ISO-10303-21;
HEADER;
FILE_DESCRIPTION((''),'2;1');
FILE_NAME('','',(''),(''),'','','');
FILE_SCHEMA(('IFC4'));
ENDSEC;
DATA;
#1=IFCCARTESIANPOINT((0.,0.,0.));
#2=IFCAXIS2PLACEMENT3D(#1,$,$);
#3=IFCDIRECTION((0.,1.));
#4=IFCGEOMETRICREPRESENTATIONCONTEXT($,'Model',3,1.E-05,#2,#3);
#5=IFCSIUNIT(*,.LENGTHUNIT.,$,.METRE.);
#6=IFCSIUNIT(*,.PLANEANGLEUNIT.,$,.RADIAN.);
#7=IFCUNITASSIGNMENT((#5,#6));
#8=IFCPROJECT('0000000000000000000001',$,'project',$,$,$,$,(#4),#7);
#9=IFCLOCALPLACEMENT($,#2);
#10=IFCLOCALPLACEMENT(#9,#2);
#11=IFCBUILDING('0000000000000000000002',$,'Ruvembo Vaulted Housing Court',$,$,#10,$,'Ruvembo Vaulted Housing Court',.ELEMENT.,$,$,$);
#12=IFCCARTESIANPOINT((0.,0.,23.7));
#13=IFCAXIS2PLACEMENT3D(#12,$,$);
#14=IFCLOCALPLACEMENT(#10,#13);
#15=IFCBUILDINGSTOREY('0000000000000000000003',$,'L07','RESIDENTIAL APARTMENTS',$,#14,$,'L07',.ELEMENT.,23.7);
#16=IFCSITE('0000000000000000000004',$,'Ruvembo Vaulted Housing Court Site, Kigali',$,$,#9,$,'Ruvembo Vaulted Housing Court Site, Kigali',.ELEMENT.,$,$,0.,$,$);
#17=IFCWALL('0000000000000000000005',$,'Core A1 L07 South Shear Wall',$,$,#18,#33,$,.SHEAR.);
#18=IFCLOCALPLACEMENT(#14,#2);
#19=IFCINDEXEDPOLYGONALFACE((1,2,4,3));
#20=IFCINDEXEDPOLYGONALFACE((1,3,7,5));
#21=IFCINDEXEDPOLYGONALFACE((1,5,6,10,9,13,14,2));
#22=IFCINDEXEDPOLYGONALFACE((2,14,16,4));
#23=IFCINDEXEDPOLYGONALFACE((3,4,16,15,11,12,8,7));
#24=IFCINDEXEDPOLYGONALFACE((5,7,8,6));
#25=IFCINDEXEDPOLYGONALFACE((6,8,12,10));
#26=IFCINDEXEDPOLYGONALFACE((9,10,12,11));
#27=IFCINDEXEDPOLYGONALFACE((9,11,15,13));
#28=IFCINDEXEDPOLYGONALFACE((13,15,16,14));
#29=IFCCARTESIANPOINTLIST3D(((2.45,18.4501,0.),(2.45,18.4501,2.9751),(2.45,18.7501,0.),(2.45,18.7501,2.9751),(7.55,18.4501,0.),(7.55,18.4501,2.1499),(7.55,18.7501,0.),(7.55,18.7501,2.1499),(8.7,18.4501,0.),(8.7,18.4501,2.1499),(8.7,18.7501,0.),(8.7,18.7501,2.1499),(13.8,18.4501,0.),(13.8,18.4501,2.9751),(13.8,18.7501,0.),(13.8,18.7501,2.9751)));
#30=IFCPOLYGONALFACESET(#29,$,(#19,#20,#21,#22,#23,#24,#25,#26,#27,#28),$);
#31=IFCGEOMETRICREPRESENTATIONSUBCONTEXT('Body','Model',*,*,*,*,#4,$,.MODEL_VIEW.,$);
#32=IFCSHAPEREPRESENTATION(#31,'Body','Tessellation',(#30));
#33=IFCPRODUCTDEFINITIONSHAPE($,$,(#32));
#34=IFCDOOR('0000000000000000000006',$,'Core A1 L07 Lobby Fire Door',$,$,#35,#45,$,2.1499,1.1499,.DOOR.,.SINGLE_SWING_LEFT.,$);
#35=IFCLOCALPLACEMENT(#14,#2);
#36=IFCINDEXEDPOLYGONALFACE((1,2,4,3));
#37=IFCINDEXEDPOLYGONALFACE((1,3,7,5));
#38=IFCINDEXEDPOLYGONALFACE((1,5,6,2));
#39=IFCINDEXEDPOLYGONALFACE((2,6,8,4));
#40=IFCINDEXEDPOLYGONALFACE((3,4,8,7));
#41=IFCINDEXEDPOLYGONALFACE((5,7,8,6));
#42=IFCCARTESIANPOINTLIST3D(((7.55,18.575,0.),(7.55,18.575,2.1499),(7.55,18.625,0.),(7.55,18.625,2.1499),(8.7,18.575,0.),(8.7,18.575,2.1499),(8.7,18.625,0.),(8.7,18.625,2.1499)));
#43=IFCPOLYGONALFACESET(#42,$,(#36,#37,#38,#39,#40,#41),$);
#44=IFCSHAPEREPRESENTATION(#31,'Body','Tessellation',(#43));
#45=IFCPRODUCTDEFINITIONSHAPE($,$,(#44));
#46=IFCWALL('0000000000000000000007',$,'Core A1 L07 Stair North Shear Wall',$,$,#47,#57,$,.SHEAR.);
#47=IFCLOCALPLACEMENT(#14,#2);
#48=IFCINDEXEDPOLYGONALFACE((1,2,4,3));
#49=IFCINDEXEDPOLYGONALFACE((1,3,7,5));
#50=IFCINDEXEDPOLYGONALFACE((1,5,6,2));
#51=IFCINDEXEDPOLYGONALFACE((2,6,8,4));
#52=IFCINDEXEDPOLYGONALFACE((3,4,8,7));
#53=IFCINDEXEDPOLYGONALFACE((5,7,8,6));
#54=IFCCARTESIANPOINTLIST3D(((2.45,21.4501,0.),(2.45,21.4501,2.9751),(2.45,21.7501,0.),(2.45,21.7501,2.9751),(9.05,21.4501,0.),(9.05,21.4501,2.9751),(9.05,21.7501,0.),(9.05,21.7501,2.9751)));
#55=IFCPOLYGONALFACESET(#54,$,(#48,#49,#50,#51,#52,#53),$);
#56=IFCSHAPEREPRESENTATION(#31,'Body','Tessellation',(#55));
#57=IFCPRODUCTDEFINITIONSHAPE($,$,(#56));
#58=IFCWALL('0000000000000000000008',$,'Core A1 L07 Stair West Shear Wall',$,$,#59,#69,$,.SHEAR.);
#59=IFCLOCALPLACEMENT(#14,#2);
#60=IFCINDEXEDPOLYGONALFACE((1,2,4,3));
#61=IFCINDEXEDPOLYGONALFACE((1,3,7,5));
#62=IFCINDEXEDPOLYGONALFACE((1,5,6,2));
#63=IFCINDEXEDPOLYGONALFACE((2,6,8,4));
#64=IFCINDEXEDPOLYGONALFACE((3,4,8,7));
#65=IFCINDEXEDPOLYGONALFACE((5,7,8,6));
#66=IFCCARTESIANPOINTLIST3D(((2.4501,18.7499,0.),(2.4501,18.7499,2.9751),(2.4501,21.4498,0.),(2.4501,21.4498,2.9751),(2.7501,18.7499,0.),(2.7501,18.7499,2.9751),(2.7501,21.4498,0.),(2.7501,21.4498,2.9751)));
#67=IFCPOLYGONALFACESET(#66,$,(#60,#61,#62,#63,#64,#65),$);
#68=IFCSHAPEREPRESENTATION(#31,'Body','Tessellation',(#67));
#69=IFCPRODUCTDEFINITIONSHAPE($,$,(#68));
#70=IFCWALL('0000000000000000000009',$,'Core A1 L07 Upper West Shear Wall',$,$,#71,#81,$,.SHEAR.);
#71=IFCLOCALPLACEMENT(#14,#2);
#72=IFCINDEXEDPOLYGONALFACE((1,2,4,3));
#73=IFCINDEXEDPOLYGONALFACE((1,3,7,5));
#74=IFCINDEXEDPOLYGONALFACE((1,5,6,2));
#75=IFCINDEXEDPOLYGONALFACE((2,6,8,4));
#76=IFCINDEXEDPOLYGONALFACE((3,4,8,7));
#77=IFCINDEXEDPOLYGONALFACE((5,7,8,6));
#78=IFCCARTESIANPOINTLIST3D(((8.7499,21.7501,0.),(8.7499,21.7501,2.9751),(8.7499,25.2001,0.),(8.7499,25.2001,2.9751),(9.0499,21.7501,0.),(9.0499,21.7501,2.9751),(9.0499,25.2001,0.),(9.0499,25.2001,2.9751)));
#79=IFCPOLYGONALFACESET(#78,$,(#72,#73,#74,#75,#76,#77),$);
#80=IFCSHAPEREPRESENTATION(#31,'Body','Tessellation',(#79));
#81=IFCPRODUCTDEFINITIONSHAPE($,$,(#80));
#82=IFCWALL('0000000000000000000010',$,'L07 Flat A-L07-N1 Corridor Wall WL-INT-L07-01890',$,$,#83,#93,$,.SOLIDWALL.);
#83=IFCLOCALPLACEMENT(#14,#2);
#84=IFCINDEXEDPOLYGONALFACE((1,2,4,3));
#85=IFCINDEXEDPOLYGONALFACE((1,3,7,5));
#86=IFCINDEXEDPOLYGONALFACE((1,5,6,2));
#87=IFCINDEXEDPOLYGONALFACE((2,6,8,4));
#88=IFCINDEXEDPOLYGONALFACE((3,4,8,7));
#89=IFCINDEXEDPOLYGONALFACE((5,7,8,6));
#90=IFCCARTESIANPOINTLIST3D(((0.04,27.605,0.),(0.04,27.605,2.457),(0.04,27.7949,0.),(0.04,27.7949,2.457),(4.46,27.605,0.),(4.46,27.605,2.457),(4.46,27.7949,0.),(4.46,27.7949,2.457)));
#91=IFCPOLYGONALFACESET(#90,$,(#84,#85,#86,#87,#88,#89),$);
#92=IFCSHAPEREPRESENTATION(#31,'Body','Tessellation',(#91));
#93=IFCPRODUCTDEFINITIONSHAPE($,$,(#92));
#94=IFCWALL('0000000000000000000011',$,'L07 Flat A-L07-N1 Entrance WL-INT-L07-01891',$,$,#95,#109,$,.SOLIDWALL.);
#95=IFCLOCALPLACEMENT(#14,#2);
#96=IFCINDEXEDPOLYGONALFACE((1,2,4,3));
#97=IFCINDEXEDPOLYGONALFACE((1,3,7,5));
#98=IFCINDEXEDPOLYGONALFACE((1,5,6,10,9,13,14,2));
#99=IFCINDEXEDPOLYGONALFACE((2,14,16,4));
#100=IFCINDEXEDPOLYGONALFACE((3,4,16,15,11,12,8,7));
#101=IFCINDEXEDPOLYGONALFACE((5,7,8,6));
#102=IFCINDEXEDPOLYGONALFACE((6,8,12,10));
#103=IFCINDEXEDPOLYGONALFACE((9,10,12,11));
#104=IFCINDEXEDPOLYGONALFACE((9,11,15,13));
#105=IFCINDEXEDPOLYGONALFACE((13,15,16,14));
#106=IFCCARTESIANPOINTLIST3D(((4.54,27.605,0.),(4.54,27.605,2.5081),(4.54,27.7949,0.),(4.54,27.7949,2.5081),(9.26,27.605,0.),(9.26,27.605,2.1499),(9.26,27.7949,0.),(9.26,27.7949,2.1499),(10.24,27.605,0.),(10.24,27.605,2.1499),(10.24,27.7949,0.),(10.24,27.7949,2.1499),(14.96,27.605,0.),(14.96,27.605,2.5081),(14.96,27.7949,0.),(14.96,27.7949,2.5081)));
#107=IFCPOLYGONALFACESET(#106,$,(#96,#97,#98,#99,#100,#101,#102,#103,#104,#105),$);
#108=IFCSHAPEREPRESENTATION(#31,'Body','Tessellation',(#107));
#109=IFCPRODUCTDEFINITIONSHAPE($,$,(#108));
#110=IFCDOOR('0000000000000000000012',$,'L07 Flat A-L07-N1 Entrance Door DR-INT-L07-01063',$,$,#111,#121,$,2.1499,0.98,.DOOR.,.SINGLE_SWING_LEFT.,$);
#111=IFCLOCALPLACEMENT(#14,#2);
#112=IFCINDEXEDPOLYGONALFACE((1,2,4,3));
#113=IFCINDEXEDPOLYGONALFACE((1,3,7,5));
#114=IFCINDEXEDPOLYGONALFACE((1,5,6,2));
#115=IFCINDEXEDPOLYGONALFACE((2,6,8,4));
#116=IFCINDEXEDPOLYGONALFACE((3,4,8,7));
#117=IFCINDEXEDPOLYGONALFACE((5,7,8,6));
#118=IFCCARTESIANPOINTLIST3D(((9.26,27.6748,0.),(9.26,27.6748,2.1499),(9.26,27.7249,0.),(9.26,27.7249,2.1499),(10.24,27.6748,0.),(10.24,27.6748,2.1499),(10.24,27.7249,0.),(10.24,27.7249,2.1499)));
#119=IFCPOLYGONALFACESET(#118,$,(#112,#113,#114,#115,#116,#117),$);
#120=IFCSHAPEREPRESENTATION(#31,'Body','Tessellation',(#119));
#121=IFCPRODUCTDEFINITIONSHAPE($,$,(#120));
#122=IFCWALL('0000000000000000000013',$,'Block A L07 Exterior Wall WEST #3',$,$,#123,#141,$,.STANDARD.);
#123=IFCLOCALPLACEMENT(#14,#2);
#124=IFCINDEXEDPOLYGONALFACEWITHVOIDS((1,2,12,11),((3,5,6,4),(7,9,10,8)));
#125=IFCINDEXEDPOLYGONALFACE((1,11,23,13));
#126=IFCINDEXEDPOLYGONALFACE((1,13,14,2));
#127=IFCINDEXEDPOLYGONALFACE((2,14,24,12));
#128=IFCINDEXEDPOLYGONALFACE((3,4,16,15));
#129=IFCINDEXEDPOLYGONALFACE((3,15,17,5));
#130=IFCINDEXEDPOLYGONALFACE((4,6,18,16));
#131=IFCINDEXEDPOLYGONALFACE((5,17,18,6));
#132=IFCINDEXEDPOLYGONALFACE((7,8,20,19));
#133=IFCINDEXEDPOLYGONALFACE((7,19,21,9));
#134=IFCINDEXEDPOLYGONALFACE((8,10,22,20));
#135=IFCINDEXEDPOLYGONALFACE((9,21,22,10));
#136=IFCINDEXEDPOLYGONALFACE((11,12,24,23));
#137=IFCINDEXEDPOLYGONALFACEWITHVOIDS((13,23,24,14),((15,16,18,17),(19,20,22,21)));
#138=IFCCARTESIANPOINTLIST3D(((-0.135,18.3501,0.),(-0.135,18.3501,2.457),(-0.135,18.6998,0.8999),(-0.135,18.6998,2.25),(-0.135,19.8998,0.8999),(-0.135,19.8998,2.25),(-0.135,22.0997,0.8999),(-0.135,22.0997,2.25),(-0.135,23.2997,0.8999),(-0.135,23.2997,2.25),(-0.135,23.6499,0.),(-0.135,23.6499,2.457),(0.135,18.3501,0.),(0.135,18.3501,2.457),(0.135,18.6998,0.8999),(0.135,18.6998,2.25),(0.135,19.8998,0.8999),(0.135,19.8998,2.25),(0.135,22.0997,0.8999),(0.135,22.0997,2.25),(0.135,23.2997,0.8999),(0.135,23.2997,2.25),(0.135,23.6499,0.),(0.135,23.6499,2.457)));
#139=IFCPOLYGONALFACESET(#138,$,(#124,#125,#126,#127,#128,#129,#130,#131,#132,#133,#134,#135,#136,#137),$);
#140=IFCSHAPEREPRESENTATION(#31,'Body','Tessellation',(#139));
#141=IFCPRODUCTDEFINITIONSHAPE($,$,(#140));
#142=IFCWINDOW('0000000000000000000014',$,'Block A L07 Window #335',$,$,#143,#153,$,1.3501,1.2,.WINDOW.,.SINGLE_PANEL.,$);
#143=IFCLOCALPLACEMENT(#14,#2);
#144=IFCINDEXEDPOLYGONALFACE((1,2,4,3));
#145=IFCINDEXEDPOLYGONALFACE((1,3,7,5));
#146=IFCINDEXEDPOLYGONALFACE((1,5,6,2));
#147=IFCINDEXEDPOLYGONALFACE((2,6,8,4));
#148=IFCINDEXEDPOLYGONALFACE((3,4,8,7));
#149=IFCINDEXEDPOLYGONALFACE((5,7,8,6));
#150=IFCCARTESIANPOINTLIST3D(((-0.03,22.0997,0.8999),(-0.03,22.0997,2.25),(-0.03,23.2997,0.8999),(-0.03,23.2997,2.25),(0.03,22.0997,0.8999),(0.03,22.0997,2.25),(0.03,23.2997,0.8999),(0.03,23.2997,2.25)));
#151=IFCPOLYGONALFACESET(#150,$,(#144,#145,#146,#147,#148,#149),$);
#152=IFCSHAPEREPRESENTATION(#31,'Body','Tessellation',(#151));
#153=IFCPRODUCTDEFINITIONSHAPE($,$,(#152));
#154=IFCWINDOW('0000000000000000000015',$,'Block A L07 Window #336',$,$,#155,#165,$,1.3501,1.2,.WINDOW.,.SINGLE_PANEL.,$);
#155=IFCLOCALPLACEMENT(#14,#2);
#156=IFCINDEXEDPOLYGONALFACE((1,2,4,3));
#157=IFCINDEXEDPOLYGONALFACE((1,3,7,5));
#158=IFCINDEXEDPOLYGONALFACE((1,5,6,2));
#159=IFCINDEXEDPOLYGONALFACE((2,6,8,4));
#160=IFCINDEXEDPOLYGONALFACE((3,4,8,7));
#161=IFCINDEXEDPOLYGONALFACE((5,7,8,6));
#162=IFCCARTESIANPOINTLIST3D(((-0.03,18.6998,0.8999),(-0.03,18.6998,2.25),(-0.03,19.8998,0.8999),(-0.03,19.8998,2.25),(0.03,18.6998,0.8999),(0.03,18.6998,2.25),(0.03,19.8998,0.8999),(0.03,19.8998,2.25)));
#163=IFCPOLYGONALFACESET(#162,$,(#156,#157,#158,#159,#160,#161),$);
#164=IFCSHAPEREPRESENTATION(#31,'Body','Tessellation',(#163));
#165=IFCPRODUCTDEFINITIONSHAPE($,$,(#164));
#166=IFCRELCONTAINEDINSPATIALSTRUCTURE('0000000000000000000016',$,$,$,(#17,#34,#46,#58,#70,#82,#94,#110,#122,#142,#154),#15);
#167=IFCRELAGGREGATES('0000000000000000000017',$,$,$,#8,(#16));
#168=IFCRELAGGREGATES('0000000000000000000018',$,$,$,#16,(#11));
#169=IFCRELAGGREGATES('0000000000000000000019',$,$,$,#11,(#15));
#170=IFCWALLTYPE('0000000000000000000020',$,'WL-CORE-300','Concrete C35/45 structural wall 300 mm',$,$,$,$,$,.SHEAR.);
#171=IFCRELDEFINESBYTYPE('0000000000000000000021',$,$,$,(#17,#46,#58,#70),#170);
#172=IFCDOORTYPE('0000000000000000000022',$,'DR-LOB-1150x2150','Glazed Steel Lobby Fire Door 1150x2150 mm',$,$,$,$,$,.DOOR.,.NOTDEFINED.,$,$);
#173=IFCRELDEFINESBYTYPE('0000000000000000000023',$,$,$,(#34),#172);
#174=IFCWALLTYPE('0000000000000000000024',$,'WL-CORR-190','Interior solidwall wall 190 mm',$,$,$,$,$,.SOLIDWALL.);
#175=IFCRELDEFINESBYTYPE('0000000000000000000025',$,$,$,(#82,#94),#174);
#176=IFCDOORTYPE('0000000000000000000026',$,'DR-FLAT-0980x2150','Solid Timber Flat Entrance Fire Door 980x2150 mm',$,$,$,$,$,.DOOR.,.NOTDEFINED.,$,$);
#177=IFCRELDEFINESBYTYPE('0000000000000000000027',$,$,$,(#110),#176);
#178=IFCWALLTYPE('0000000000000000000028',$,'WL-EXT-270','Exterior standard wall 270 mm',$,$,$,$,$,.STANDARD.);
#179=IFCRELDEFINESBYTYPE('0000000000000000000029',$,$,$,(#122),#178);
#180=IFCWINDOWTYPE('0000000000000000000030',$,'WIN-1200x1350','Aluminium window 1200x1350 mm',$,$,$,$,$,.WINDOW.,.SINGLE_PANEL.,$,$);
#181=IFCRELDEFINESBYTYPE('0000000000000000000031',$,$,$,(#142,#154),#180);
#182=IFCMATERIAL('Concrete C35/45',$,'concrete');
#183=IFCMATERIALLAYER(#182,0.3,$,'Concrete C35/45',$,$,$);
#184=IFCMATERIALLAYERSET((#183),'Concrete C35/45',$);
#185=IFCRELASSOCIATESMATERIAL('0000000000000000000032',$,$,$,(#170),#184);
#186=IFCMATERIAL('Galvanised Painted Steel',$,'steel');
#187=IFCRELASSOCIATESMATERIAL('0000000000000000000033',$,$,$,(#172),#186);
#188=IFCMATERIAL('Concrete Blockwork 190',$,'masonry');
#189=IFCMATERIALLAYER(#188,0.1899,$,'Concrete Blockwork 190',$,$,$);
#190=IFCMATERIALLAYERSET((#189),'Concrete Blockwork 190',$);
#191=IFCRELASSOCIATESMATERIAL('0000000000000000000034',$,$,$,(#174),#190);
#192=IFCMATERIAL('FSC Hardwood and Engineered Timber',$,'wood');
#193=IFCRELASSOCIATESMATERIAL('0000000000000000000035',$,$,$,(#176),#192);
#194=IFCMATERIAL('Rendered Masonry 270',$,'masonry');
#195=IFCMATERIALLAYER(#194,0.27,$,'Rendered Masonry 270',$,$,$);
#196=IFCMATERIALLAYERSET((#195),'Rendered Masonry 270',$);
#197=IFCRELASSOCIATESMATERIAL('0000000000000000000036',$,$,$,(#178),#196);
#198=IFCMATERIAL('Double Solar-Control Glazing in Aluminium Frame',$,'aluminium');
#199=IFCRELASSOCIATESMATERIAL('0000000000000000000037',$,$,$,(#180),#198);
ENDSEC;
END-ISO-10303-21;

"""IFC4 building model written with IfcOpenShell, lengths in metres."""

from ifc_helpers import new_model, si_unit, direction, frame, frame_2d, origin, place, context, subcontext, project, spatial, rectangle, extrude, material, layer, layer_set, type_object, element, fill, save


model = new_model("IFC4")

# Units and contexts
model_context = context("Model", 3, precision=1e-05, world=origin(), true_north=direction((0.0, 1.0)))
body_context = subcontext(model_context, "Body", "Model", "MODEL_VIEW")
ifc_project = project(units=[si_unit("LENGTHUNIT", "METRE"), si_unit("PLANEANGLEUNIT", "RADIAN")], contexts=[model_context])

# Site, building, storey
site_placement = place(None, origin())
site = spatial("IfcSite", under=ifc_project, at=site_placement, Name="Ruvembo Vaulted Housing Court Site, Kigali", LongName="Ruvembo Vaulted Housing Court Site, Kigali", CompositionType="ELEMENT", RefElevation=0.0)
building_placement = place(site_placement, origin())
building = spatial("IfcBuilding", under=site, at=building_placement, Name="Ruvembo Vaulted Housing Court", LongName="Ruvembo Vaulted Housing Court", CompositionType="ELEMENT")
storey_placement = place(building_placement, frame((0.0, 0.0, 23.7)))
storey = spatial("IfcBuildingStorey", under=building, at=storey_placement, Name="L07", Description="RESIDENTIAL APARTMENTS", LongName="L07", CompositionType="ELEMENT", Elevation=23.7)

# Shared definitions
ifc_material_1 = material(Name="Concrete C35/45", Category="concrete")

# Wall, opening, door
ifc_layer_1 = layer(ifc_material_1, 0.3, Name="Concrete C35/45")
ifc_layer_set_1 = layer_set([ifc_layer_1], Name="Concrete C35/45")
wall_type_1 = type_object("IfcWallType", Name="WL-CORE-300", Description="Concrete C35/45 structural wall 300 mm", PredefinedType="SHEAR", material=ifc_layer_set_1)
wall_1_placement = place(storey_placement, frame((2.45, 18.6001, 0.0), z_axis=(0.0, 0.0, 1.0), x_axis=(1.0, 0.0, 0.0)))
wall_1 = element("IfcWall", 1, at=wall_1_placement, inside=storey, type_object=wall_type_1, Name="Core A1 L07 South Shear Wall", PredefinedType="SHEAR", context=body_context, shape_type="SweptSolid", body=[
    extrude(rectangle(XDim=11.3501, YDim=0.3, at=frame_2d((5.675, 0.0))), origin(), (0.0, 0.0, 1.0), 2.9751),
])
opening_1_placement = place(wall_1_placement, frame((5.1001, 0.0, 0.0)))
opening_1 = element("IfcOpeningElement", 2, at=opening_1_placement, cuts=wall_1, PredefinedType="OPENING", context=body_context, shape_type="SweptSolid", body=[
    extrude(rectangle(XDim=1.1499, YDim=2.1499, at=frame_2d((0.575, 1.075))), frame((0.0, 0.1599, 0.0), z_axis=(0.0, -1.0, 0.0), x_axis=(1.0, 0.0, 0.0)), (0.0, 0.0, 1.0), 0.3201),
])
ifc_material_2 = material(Name="Galvanised Painted Steel", Category="steel")
door_type_1 = type_object("IfcDoorType", Name="DR-LOB-1150x2150", Description="Glazed Steel Lobby Fire Door 1150x2150 mm", OperationType="NOTDEFINED", PredefinedType="DOOR", material=ifc_material_2)
door_1_placement = place(opening_1_placement, origin())
door_1 = element("IfcDoor", 3, at=door_1_placement, inside=storey, type_object=door_type_1, Name="Core A1 L07 Lobby Fire Door", OperationType="SINGLE_SWING_LEFT", OverallHeight=2.1499, OverallWidth=1.1499, PredefinedType="DOOR", context=body_context, shape_type="SweptSolid", body=[
    extrude(rectangle(XDim=1.1499, YDim=2.1499, at=frame_2d((0.575, 1.075))), frame((0.0, 0.0249, 0.0), z_axis=(0.0, -1.0, 0.0), x_axis=(1.0, 0.0, 0.0)), (0.0, 0.0, 1.0), 0.05),
])
fill(opening_1, door_1)

# Walls
wall_2_placement = place(storey_placement, frame((9.05, 21.6001, 0.0), z_axis=(0.0, 0.0, 1.0), x_axis=(-1.0, 0.0, 0.0)))
element("IfcWall", 4, at=wall_2_placement, inside=storey, type_object=wall_type_1, Name="Core A1 L07 Stair North Shear Wall", PredefinedType="SHEAR", context=body_context, shape_type="SweptSolid", body=[
    extrude(rectangle(XDim=6.6001, YDim=0.3, at=frame_2d((3.3, 0.0))), origin(), (0.0, 0.0, 1.0), 2.9751),
])
wall_3_placement = place(storey_placement, frame((2.6001, 21.45, 0.0), z_axis=(0.0, 0.0, 1.0), x_axis=(0.0, -1.0, 0.0)))
element("IfcWall", 5, at=wall_3_placement, inside=storey, type_object=wall_type_1, Name="Core A1 L07 Stair West Shear Wall", PredefinedType="SHEAR", context=body_context, shape_type="SweptSolid", body=[
    extrude(rectangle(XDim=2.7, YDim=0.3, at=frame_2d((1.3501, 0.0))), origin(), (0.0, 0.0, 1.0), 2.9751),
])

# Walls
wall_4_placement = place(storey_placement, frame((8.8999, 21.75, 0.0), z_axis=(0.0, 0.0, 1.0), x_axis=(0.0, 1.0, 0.0)))
element("IfcWall", 6, at=wall_4_placement, inside=storey, type_object=wall_type_1, Name="Core A1 L07 Upper West Shear Wall", PredefinedType="SHEAR", context=body_context, shape_type="SweptSolid", body=[
    extrude(rectangle(XDim=3.45, YDim=0.3, at=frame_2d((1.7251, 0.0))), origin(), (0.0, 0.0, 1.0), 2.9751),
])
ifc_material_3 = material(Name="Concrete Blockwork 190", Category="masonry")
ifc_layer_2 = layer(ifc_material_3, 0.1899, Name="Concrete Blockwork 190")
ifc_layer_set_2 = layer_set([ifc_layer_2], Name="Concrete Blockwork 190")
wall_type_2 = type_object("IfcWallType", Name="WL-CORR-190", Description="Interior solidwall wall 190 mm", PredefinedType="SOLIDWALL", material=ifc_layer_set_2)
wall_5_placement = place(storey_placement, frame((0.04, 27.7, 0.0), z_axis=(0.0, 0.0, 1.0), x_axis=(1.0, 0.0, 0.0)))
element("IfcWall", 7, at=wall_5_placement, inside=storey, type_object=wall_type_2, Name="L07 Flat A-L07-N1 Corridor Wall WL-INT-L07-01890", PredefinedType="SOLIDWALL", context=body_context, shape_type="SweptSolid", body=[
    extrude(rectangle(XDim=4.4199, YDim=0.1899, at=frame_2d((2.21, 0.0))), origin(), (0.0, 0.0, 1.0), 2.457),
])

# Wall, opening, door
wall_6_placement = place(storey_placement, frame((4.54, 27.7, 0.0), z_axis=(0.0, 0.0, 1.0), x_axis=(1.0, 0.0, 0.0)))
wall_6 = element("IfcWall", 8, at=wall_6_placement, inside=storey, type_object=wall_type_2, Name="L07 Flat A-L07-N1 Entrance WL-INT-L07-01891", PredefinedType="SOLIDWALL", context=body_context, shape_type="SweptSolid", body=[
    extrude(rectangle(XDim=10.4199, YDim=0.1899, at=frame_2d((5.21, 0.0))), origin(), (0.0, 0.0, 1.0), 2.5081),
])
opening_2_placement = place(wall_6_placement, frame((4.72, 0.0, 0.0)))
opening_2 = element("IfcOpeningElement", 9, at=opening_2_placement, cuts=wall_6, PredefinedType="OPENING", context=body_context, shape_type="SweptSolid", body=[
    extrude(rectangle(XDim=0.98, YDim=2.1499, at=frame_2d((0.49, 1.075))), frame((0.0, 0.105, 0.0), z_axis=(0.0, -1.0, 0.0), x_axis=(1.0, 0.0, 0.0)), (0.0, 0.0, 1.0), 0.21),
])
ifc_material_4 = material(Name="FSC Hardwood and Engineered Timber", Category="wood")
door_type_2 = type_object("IfcDoorType", Name="DR-FLAT-0980x2150", Description="Solid Timber Flat Entrance Fire Door 980x2150 mm", OperationType="NOTDEFINED", PredefinedType="DOOR", material=ifc_material_4)
door_2_placement = place(opening_2_placement, origin())
door_2 = element("IfcDoor", 10, at=door_2_placement, inside=storey, type_object=door_type_2, Name="L07 Flat A-L07-N1 Entrance Door DR-INT-L07-01063", OperationType="SINGLE_SWING_LEFT", OverallHeight=2.1499, OverallWidth=0.98, PredefinedType="DOOR", context=body_context, shape_type="SweptSolid", body=[
    extrude(rectangle(XDim=0.98, YDim=2.1499, at=frame_2d((0.49, 1.075))), frame((0.0, 0.0249, 0.0), z_axis=(0.0, -1.0, 0.0), x_axis=(1.0, 0.0, 0.0)), (0.0, 0.0, 1.0), 0.05),
])
fill(opening_2, door_2)

# Wall, openings, windows
ifc_material_5 = material(Name="Rendered Masonry 270", Category="masonry")
ifc_layer_3 = layer(ifc_material_5, 0.27, Name="Rendered Masonry 270")
ifc_layer_set_3 = layer_set([ifc_layer_3], Name="Rendered Masonry 270")
wall_type_3 = type_object("IfcWallType", Name="WL-EXT-270", Description="Exterior standard wall 270 mm", PredefinedType="STANDARD", material=ifc_layer_set_3)
wall_7_placement = place(storey_placement, frame((0.0, 23.6499, 0.0), z_axis=(0.0, 0.0, 1.0), x_axis=(0.0, -1.0, 0.0)))
wall_7 = element("IfcWall", 11, at=wall_7_placement, inside=storey, type_object=wall_type_3, Name="Block A L07 Exterior Wall WEST #3", PredefinedType="STANDARD", context=body_context, shape_type="SweptSolid", body=[
    extrude(rectangle(XDim=5.2998, YDim=0.27, at=frame_2d((2.6499, 0.0))), origin(), (0.0, 0.0, 1.0), 2.457),
])
opening_3_placement = place(wall_7_placement, frame((0.3501, 0.0, 0.8999)))
opening_3 = element("IfcOpeningElement", 12, at=opening_3_placement, cuts=wall_7, PredefinedType="OPENING", context=body_context, shape_type="SweptSolid", body=[
    extrude(rectangle(XDim=1.2, YDim=1.3501, at=frame_2d((0.6001, 0.675))), frame((0.0, 0.145, 0.0), z_axis=(0.0, -1.0, 0.0), x_axis=(1.0, 0.0, 0.0)), (0.0, 0.0, 1.0), 0.29),
])
opening_4_placement = place(wall_7_placement, frame((3.75, 0.0, 0.8999)))
opening_4 = element("IfcOpeningElement", 13, at=opening_4_placement, cuts=wall_7, PredefinedType="OPENING", context=body_context, shape_type="SweptSolid", body=[
    extrude(rectangle(XDim=1.2, YDim=1.3501, at=frame_2d((0.6001, 0.675))), frame((0.0, 0.145, 0.0), z_axis=(0.0, -1.0, 0.0), x_axis=(1.0, 0.0, 0.0)), (0.0, 0.0, 1.0), 0.29),
])
ifc_material_6 = material(Name="Double Solar-Control Glazing in Aluminium Frame", Category="aluminium")
window_type = type_object("IfcWindowType", Name="WIN-1200x1350", Description="Aluminium window 1200x1350 mm", PartitioningType="SINGLE_PANEL", PredefinedType="WINDOW", material=ifc_material_6)
window_1_placement = place(opening_3_placement, origin())
window_1 = element("IfcWindow", 14, at=window_1_placement, inside=storey, type_object=window_type, Name="Block A L07 Window #335", OverallHeight=1.3501, OverallWidth=1.2, PartitioningType="SINGLE_PANEL", PredefinedType="WINDOW", context=body_context, shape_type="SweptSolid", body=[
    extrude(rectangle(XDim=1.2, YDim=1.3501, at=frame_2d((0.6001, 0.675))), frame((0.0, 0.03, 0.0), z_axis=(0.0, -1.0, 0.0), x_axis=(1.0, 0.0, 0.0)), (0.0, 0.0, 1.0), 0.0601),
])
fill(opening_3, window_1)
window_2_placement = place(opening_4_placement, origin())
window_2 = element("IfcWindow", 15, at=window_2_placement, inside=storey, type_object=window_type, Name="Block A L07 Window #336", OverallHeight=1.3501, OverallWidth=1.2, PartitioningType="SINGLE_PANEL", PredefinedType="WINDOW", context=body_context, shape_type="SweptSolid", body=[
    extrude(rectangle(XDim=1.2, YDim=1.3501, at=frame_2d((0.6001, 0.675))), frame((0.0, 0.03, 0.0), z_axis=(0.0, -1.0, 0.0), x_axis=(1.0, 0.0, 0.0)), (0.0, 0.0, 1.0), 0.0601),
])
fill(opening_4, window_2)

save(model, "model.ifc")
